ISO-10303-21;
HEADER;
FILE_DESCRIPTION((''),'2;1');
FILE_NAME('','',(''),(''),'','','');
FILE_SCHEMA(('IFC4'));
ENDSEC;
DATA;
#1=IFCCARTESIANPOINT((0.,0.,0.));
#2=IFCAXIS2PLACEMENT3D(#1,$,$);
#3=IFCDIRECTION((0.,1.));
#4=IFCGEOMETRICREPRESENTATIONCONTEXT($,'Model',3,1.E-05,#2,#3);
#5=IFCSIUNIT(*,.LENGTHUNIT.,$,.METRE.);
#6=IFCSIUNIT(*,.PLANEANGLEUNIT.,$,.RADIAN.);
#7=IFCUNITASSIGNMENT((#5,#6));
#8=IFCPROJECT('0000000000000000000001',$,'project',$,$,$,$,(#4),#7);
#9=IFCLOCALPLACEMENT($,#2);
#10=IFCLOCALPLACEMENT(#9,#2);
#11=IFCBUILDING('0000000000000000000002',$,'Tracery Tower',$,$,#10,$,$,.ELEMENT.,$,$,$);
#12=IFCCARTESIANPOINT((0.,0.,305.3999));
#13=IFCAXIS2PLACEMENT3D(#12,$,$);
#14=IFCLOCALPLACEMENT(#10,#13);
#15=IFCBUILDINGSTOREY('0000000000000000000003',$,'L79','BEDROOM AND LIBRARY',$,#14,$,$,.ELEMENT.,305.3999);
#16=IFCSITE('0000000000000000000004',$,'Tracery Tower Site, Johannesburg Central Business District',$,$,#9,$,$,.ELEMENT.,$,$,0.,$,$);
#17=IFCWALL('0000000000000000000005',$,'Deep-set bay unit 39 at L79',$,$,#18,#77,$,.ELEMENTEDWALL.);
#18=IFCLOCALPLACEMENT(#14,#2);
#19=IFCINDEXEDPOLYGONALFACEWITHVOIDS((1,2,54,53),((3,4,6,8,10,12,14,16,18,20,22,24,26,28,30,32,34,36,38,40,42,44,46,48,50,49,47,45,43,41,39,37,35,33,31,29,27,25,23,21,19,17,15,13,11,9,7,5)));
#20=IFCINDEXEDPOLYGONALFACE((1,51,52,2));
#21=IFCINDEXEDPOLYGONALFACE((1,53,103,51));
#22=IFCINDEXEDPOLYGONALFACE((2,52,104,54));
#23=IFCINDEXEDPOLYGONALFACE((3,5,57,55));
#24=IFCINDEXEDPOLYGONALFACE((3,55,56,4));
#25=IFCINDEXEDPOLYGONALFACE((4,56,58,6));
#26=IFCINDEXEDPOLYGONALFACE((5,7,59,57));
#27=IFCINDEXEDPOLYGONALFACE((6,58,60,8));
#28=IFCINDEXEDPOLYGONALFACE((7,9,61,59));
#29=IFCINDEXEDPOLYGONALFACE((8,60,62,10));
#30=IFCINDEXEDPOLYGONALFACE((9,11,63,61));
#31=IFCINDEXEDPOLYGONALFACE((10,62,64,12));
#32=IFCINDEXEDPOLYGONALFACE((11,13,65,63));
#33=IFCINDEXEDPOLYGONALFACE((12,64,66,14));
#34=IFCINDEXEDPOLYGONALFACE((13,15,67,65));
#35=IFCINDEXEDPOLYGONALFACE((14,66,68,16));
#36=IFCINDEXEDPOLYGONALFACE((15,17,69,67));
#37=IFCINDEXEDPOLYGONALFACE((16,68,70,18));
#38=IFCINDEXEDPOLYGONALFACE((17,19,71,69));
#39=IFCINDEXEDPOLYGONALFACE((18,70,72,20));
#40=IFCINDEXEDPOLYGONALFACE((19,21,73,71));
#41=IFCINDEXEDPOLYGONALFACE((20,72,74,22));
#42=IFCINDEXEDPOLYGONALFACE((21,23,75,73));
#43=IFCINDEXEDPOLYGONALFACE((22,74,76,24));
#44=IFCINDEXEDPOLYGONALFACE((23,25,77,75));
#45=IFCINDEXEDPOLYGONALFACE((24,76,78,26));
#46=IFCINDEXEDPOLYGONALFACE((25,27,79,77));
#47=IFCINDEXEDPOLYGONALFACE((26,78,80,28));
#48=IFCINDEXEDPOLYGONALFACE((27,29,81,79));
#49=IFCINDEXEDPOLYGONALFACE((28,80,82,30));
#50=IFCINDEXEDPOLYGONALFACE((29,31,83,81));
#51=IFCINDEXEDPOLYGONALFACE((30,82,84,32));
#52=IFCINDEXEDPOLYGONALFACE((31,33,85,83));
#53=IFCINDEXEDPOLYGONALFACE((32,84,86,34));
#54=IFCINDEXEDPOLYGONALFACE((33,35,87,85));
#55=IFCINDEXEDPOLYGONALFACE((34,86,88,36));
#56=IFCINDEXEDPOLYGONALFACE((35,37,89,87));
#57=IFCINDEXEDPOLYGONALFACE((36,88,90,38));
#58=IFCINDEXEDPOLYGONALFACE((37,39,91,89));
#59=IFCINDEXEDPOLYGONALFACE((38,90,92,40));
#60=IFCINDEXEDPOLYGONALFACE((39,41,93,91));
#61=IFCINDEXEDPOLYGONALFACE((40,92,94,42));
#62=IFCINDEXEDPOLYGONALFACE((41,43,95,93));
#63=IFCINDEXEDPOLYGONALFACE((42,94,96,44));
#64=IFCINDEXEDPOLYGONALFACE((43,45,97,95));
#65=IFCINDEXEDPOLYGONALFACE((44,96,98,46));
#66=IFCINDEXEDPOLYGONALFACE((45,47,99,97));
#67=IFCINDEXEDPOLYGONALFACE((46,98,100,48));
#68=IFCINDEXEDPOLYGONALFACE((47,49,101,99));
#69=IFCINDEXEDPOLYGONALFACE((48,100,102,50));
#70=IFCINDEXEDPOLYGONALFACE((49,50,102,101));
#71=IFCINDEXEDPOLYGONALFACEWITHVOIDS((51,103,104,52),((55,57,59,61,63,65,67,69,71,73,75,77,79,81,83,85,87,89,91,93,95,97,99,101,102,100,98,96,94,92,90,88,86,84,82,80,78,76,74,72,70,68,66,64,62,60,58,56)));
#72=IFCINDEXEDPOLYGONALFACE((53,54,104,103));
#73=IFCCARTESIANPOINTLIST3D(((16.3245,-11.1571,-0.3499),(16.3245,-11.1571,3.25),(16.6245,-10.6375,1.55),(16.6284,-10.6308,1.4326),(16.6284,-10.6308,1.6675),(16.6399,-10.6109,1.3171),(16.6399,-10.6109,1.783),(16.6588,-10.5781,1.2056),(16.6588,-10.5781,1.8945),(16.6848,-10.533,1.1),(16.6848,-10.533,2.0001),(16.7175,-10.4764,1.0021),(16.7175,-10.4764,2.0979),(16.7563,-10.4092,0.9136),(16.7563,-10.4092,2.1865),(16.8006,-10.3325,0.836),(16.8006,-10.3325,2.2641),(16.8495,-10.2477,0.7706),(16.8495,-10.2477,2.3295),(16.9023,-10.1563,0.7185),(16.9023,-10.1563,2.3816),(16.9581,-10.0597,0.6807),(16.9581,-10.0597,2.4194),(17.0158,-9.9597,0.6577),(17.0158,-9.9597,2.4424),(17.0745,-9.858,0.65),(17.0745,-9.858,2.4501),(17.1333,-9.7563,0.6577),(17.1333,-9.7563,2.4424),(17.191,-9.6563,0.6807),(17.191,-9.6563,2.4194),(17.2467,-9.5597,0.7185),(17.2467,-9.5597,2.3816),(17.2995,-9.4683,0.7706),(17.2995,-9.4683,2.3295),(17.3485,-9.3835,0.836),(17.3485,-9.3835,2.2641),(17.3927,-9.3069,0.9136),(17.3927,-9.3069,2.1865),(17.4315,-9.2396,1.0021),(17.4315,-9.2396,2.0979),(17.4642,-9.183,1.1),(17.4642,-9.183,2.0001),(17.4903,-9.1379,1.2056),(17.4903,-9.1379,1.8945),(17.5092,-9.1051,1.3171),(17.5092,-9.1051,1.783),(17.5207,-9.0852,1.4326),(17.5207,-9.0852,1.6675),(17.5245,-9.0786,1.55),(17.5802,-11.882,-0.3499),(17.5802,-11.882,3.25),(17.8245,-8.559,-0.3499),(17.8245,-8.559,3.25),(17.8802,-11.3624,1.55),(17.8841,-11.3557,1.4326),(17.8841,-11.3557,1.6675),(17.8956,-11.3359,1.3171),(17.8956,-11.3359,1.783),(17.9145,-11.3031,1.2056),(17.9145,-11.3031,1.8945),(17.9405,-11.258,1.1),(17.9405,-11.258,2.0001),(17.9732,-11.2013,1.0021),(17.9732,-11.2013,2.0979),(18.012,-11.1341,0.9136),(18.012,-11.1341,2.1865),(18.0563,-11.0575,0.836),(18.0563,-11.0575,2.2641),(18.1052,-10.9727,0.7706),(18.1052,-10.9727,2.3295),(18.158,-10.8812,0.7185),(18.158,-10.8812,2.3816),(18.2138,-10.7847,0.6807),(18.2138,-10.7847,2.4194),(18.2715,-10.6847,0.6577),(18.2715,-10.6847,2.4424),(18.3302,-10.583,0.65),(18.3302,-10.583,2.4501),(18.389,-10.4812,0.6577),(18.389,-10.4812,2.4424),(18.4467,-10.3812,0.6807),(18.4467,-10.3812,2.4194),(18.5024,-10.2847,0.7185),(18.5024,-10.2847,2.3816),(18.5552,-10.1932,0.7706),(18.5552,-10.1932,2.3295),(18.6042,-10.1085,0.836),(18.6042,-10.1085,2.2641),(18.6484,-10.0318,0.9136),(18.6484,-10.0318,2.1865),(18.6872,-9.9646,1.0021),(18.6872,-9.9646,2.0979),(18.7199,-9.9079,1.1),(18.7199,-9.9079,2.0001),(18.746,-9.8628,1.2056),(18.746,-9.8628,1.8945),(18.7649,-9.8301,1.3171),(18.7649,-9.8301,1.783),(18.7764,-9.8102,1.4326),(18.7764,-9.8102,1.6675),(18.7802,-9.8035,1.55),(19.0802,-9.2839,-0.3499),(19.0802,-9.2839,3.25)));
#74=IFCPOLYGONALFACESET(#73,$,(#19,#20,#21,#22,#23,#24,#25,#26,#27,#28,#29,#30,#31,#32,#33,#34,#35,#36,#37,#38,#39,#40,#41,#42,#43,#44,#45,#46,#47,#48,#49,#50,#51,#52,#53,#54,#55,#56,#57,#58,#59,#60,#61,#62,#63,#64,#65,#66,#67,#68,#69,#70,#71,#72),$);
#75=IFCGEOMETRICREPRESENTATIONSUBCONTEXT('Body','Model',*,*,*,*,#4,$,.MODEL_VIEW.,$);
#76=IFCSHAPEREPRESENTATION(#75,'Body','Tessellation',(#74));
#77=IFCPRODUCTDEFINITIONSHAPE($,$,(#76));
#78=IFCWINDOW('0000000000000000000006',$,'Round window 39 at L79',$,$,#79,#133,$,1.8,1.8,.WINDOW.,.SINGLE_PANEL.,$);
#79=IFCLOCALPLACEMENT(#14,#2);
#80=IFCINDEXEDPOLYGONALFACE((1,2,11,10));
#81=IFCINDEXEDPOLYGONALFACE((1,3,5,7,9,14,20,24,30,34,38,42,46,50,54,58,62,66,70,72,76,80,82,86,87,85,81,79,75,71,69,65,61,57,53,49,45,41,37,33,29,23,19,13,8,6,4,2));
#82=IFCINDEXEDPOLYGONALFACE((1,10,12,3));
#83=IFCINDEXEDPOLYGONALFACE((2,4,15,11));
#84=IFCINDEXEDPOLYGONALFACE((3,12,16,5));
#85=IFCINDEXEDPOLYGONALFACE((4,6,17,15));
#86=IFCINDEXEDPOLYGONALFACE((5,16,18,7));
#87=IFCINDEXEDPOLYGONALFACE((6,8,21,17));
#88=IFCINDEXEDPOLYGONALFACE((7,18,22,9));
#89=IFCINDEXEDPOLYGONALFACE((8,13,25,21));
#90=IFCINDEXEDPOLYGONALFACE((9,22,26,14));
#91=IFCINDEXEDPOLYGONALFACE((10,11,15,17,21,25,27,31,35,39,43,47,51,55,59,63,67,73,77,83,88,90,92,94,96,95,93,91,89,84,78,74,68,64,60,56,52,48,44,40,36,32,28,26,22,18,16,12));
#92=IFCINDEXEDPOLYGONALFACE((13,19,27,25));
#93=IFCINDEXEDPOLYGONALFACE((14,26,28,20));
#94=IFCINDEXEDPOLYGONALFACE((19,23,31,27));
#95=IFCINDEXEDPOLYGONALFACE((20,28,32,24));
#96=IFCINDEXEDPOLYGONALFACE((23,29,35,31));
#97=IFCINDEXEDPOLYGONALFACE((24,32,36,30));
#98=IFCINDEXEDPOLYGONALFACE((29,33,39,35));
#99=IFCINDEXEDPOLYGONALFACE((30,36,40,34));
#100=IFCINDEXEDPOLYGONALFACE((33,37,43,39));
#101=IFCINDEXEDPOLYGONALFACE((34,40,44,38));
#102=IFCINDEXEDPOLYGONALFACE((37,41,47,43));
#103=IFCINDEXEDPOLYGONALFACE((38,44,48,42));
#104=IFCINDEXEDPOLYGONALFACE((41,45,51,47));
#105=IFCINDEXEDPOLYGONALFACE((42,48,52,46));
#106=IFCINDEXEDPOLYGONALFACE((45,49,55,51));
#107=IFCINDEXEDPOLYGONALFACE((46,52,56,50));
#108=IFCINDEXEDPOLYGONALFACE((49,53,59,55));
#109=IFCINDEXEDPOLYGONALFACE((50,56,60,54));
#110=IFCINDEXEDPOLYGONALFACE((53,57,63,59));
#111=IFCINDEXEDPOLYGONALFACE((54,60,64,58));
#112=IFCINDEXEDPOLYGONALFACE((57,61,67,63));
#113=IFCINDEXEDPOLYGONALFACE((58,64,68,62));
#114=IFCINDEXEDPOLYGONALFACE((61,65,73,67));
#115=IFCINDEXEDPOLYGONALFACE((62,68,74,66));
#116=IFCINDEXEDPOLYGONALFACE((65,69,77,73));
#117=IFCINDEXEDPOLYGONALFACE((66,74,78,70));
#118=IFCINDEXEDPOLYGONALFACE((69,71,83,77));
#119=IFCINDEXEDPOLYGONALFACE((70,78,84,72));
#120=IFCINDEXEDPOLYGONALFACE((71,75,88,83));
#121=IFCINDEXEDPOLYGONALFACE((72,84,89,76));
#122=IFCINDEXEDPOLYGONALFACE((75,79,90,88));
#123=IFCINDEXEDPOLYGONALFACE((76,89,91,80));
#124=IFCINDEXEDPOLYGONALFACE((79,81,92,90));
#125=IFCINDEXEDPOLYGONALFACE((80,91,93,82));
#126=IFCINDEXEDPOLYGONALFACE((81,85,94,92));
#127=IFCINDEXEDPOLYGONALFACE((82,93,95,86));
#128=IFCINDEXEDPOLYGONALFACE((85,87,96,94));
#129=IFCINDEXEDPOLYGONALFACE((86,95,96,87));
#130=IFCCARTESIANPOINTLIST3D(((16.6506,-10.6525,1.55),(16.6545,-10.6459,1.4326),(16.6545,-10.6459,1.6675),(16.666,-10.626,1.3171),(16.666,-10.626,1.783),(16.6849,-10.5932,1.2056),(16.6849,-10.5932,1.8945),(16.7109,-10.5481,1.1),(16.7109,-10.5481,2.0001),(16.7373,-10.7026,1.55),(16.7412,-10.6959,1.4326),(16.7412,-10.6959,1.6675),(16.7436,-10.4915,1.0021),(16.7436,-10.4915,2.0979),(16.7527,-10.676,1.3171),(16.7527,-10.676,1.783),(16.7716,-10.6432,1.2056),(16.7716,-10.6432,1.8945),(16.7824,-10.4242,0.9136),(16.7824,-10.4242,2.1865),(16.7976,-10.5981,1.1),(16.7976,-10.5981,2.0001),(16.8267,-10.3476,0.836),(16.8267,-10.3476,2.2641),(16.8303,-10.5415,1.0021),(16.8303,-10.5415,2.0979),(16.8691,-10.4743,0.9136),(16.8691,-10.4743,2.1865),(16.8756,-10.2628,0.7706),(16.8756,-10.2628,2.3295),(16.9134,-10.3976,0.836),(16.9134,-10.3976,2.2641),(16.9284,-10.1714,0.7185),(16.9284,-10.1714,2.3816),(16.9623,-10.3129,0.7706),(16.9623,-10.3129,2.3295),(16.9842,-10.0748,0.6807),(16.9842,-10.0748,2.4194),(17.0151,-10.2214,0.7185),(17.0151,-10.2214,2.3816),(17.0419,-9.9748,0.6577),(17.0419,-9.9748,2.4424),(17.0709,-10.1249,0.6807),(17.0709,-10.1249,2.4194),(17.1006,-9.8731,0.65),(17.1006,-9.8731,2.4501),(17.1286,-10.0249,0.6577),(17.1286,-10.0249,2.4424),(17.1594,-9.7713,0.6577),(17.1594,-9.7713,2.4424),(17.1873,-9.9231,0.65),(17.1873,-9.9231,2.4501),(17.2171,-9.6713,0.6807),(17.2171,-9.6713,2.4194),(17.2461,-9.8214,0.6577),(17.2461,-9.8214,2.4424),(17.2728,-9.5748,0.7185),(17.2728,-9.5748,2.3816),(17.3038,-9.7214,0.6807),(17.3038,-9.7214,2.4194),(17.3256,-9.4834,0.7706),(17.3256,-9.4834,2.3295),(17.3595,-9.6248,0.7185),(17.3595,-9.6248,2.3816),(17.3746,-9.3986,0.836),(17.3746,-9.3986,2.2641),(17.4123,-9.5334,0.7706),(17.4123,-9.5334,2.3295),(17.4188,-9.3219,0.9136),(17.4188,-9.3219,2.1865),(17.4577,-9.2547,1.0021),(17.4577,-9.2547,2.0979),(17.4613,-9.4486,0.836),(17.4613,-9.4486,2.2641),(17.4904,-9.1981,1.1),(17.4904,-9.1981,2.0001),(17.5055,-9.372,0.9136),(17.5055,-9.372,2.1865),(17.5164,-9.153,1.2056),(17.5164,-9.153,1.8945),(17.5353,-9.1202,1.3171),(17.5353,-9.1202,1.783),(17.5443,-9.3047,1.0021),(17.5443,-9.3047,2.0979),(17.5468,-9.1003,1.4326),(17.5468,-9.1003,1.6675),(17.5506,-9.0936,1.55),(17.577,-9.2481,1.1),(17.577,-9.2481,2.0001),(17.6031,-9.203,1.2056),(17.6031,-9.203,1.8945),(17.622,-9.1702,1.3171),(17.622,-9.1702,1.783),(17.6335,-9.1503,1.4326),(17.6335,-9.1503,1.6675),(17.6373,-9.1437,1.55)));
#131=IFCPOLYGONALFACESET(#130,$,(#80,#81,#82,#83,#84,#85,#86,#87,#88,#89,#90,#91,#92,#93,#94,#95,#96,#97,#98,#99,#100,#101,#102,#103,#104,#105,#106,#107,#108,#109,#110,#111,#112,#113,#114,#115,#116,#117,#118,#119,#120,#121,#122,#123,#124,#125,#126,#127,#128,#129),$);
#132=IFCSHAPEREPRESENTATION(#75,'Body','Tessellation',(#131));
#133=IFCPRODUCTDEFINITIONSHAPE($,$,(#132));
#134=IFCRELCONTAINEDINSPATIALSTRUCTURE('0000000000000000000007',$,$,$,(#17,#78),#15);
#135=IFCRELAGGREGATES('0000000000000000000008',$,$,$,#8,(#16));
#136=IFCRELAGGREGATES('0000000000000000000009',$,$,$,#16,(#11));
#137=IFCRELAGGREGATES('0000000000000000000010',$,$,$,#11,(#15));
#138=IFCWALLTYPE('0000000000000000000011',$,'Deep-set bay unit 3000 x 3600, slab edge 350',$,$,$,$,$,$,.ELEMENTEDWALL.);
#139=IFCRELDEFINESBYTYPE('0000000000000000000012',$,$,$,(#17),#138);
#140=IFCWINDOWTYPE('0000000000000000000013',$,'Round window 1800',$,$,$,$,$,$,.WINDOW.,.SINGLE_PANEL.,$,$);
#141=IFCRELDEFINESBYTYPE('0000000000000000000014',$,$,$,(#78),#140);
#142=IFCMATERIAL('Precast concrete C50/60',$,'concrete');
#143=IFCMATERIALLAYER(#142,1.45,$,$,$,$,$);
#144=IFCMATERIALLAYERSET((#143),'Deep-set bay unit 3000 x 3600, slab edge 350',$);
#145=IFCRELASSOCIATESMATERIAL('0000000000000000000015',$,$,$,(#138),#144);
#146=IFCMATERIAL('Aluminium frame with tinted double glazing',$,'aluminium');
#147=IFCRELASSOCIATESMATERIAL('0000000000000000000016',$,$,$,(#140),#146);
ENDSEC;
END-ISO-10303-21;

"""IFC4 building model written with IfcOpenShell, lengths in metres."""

from ifc_helpers import new_model, si_unit, direction, frame, frame_2d, origin, origin_2d, place, context, subcontext, project, spatial, rectangle, circle, extrude, material, layer, layer_set, type_object, element, fill, save


model = new_model("IFC4")

# Units and contexts
model_context = context("Model", 3, precision=1e-05, world=origin(), true_north=direction((0.0, 1.0)))
body_context = subcontext(model_context, "Body", "Model", "MODEL_VIEW")
ifc_project = project(units=[si_unit("LENGTHUNIT", "METRE"), si_unit("PLANEANGLEUNIT", "RADIAN")], contexts=[model_context])

# Site, building, storey
site_placement = place(None, origin())
site = spatial("IfcSite", under=ifc_project, at=site_placement, Name="Tracery Tower Site, Johannesburg Central Business District", CompositionType="ELEMENT", RefElevation=0.0)
building_placement = place(site_placement, origin())
building = spatial("IfcBuilding", under=site, at=building_placement, Name="Tracery Tower", CompositionType="ELEMENT")
storey_placement = place(building_placement, frame((0.0, 0.0, 305.3999)))
storey = spatial("IfcBuildingStorey", under=building, at=storey_placement, Name="L79", Description="BEDROOM AND LIBRARY", CompositionType="ELEMENT", Elevation=305.3999)

# Wall, opening, window
ifc_material_1 = material(Name="Precast concrete C50/60", Category="concrete")
ifc_layer_1 = layer(ifc_material_1, 1.45)
ifc_layer_set_1 = layer_set([ifc_layer_1], Name="Deep-set bay unit 3000 x 3600, slab edge 350")
wall_type_1 = type_object("IfcWallType", Name="Deep-set bay unit 3000 x 3600, slab edge 350", PredefinedType="ELEMENTEDWALL", material=ifc_layer_set_1)
ifc_material_2 = material(Name="Aluminium frame with tinted double glazing", Category="aluminium")
window_type = type_object("IfcWindowType", Name="Round window 1800", PartitioningType="SINGLE_PANEL", PredefinedType="WINDOW", material=ifc_material_2)
wall_1_placement = place(storey_placement, frame((16.9524, -11.5195, -0.3499), z_axis=(0.0, 0.0, 1.0), x_axis=(0.49999, 0.866031, 0.0)))
wall_1 = element("IfcWall", 1, at=wall_1_placement, inside=storey, type_object=wall_type_1, Name="Deep-set bay unit 39 at L79", PredefinedType="ELEMENTEDWALL", context=body_context, shape_type="SweptSolid", body=[
    extrude(rectangle(XDim=3.0, YDim=1.45, at=frame_2d((1.5, 0.0))), origin(), (0.0, 0.0, 1.0), 3.5999),
])
opening_1_placement = place(wall_1_placement, frame((1.5, 0.0, 1.8999)))
opening_1 = element("IfcOpeningElement", 2, at=opening_1_placement, cuts=wall_1, PredefinedType="OPENING", context=body_context, shape_type="SweptSolid", body=[
    extrude(circle(Radius=0.9, at=origin_2d()), frame((0.0, 0.7349, 0.0), z_axis=(0.0, -1.0, 0.0), x_axis=(1.0, 0.0, 0.0)), (0.0, 0.0, 1.0), 1.47),
])
window_1_placement = place(opening_1_placement, origin())
window_1 = element("IfcWindow", 3, at=window_1_placement, inside=storey, type_object=window_type, Name="Round window 39 at L79", OverallHeight=1.8, OverallWidth=1.8, PartitioningType="SINGLE_PANEL", PredefinedType="WINDOW", context=body_context, shape_type="SweptSolid", body=[
    extrude(circle(Radius=0.9, at=origin_2d()), frame((0.0, 0.6948, 0.0), z_axis=(0.0, -1.0, 0.0), x_axis=(1.0, 0.0, 0.0)), (0.0, 0.0, 1.0), 0.1001),
])
fill(opening_1, window_1)

save(model, "model.ifc")
